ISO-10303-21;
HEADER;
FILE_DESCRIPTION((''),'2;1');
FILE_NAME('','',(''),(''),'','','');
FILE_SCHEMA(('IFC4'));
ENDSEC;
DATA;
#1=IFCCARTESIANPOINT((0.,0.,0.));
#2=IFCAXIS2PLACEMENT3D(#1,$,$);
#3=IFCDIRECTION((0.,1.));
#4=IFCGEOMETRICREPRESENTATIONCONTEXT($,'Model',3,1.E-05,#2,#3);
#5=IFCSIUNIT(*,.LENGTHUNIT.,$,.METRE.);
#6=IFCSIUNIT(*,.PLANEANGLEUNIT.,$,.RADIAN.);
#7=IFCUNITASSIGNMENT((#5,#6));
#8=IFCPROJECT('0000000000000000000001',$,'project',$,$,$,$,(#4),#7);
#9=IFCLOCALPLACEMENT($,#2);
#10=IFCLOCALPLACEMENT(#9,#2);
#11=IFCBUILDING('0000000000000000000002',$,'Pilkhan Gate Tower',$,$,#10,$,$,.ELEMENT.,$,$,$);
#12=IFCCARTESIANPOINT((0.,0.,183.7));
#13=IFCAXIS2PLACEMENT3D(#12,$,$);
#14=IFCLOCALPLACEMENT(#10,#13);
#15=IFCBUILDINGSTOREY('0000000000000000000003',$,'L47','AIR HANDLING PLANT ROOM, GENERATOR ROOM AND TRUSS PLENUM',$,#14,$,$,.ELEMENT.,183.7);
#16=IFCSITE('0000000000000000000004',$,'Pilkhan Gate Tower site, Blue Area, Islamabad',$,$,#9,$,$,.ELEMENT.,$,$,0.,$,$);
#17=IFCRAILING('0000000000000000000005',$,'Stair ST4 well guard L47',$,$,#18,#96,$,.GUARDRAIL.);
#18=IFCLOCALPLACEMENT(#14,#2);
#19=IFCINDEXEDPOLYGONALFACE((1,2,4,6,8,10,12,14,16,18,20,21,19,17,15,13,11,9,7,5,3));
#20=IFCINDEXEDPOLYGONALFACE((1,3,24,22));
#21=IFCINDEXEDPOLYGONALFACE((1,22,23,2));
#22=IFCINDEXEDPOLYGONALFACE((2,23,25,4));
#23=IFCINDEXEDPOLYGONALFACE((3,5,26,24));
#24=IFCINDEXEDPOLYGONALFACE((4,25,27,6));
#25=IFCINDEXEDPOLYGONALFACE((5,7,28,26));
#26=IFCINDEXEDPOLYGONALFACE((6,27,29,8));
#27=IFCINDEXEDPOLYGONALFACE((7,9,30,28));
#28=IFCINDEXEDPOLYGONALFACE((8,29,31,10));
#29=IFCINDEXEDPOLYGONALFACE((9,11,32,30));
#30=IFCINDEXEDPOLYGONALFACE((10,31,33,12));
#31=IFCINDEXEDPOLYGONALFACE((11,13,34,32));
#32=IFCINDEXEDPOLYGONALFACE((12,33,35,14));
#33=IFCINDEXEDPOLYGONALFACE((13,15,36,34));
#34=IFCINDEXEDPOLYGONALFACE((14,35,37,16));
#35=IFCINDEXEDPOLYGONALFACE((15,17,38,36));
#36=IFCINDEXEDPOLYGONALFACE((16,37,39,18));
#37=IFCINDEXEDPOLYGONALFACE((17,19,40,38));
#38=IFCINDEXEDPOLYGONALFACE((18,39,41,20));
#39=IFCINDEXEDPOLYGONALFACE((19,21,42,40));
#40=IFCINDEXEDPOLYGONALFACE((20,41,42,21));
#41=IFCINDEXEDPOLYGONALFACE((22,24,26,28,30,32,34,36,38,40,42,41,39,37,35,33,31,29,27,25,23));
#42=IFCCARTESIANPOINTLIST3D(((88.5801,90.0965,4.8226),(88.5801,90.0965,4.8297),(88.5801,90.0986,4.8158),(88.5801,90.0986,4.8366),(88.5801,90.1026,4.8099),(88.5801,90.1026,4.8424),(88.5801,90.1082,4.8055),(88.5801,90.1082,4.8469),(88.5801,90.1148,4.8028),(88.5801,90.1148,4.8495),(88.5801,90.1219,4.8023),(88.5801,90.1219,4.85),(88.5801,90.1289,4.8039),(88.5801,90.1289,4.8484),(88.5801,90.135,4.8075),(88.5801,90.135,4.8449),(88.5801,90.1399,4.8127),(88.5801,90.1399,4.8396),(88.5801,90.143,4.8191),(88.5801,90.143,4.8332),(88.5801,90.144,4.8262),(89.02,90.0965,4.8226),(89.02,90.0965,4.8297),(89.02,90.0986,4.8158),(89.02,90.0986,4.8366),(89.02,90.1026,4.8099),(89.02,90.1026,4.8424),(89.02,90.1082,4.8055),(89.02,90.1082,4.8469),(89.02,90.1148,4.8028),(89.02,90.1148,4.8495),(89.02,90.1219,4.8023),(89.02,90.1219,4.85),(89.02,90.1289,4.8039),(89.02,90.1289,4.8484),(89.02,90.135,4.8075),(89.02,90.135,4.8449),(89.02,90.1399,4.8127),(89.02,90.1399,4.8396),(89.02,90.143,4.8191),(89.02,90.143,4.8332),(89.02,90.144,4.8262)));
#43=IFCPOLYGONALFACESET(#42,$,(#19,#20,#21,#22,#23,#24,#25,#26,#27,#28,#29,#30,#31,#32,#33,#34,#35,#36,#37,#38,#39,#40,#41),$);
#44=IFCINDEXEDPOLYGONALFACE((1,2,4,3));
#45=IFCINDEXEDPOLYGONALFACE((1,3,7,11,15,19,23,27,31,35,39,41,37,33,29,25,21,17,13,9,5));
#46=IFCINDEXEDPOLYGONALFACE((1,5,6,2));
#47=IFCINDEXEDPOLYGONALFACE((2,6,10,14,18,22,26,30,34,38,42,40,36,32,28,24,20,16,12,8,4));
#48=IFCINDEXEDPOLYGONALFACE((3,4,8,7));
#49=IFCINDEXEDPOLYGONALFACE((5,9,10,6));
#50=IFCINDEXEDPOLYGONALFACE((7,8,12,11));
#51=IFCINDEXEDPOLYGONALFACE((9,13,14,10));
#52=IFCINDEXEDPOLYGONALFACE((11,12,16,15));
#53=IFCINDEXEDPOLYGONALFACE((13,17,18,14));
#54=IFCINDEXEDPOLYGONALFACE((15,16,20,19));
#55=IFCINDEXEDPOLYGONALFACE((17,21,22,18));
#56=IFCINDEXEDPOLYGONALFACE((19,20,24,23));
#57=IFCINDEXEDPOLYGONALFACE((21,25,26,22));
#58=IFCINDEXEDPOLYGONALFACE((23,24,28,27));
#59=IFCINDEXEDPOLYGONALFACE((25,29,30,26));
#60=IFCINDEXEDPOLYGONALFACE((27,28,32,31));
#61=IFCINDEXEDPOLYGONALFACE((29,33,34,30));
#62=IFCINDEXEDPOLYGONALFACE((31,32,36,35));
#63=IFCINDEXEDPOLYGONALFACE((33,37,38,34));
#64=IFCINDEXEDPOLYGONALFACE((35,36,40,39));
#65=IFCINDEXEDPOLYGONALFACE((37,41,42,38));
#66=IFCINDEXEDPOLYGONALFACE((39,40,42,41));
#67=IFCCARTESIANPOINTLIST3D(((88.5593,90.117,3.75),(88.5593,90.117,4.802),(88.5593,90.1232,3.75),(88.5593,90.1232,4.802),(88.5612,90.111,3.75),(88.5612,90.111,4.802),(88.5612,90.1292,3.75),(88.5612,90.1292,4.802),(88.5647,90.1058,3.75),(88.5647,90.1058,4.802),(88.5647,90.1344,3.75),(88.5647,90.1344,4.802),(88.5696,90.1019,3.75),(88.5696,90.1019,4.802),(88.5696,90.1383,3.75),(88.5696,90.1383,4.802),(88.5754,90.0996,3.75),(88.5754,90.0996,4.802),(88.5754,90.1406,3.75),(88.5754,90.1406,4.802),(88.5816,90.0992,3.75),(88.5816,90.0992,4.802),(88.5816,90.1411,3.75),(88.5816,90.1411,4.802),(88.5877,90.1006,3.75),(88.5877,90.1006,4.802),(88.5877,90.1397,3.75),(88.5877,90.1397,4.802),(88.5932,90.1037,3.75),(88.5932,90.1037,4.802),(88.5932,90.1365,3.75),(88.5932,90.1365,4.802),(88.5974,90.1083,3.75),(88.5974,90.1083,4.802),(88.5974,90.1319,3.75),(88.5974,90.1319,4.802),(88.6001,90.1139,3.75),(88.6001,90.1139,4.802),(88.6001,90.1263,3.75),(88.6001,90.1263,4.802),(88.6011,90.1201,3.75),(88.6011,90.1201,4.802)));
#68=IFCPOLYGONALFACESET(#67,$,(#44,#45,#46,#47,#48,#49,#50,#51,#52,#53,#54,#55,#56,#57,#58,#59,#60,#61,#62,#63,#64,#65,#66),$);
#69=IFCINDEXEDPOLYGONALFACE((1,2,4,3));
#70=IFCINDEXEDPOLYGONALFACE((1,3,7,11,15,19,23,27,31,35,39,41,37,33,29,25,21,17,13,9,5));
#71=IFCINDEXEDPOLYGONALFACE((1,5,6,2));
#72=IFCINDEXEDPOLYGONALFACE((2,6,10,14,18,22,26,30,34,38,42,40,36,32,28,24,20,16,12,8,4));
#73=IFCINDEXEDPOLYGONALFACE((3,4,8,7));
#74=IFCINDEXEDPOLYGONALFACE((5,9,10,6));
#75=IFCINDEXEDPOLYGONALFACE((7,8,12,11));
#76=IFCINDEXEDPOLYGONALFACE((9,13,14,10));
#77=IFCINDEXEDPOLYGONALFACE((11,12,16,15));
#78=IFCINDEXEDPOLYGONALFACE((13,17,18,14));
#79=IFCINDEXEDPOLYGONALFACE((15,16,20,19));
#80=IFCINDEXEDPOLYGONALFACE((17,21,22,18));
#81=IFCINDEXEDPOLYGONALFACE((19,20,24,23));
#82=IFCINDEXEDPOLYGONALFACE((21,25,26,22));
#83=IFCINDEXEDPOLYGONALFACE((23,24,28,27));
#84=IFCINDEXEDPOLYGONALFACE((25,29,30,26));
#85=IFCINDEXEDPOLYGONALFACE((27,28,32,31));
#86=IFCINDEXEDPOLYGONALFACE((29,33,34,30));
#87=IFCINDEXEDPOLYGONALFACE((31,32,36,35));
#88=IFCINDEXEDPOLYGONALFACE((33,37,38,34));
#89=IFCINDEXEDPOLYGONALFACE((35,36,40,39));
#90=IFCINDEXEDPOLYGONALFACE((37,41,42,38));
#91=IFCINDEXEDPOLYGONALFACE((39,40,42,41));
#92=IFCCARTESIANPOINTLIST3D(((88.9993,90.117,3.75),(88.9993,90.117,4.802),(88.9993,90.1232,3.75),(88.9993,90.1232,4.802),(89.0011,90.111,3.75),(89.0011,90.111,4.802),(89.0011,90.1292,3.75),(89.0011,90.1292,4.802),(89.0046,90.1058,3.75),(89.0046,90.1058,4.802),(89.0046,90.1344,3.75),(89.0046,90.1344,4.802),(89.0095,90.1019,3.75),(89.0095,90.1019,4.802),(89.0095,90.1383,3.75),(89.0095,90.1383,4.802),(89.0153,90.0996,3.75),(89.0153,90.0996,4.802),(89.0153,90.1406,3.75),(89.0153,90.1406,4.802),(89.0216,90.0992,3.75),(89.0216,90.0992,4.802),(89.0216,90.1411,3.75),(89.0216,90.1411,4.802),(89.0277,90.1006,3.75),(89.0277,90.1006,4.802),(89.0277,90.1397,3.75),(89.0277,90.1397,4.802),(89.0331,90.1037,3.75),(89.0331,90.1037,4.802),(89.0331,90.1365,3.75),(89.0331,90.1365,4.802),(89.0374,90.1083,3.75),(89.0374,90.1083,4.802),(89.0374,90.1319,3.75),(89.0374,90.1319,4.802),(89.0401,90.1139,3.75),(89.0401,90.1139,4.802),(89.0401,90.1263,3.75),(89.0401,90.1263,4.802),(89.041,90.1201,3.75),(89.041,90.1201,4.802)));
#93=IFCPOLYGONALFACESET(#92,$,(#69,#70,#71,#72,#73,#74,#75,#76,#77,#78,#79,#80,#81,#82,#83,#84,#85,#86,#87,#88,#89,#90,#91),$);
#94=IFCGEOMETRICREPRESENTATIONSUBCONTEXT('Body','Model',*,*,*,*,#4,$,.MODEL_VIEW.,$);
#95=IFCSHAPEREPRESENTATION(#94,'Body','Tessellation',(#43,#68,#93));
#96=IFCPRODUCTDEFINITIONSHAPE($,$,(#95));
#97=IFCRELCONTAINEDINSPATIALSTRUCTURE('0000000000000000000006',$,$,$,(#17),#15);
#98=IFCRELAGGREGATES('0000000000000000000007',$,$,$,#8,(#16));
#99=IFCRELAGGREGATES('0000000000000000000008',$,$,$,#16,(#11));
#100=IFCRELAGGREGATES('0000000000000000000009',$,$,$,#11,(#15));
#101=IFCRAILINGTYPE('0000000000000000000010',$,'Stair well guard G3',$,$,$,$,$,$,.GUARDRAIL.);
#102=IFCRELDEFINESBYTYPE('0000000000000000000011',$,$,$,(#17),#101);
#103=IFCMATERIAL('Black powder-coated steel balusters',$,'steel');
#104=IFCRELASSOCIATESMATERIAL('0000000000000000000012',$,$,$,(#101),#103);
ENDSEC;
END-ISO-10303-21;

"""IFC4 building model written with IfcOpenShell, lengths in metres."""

from ifc_helpers import new_model, si_unit, direction, frame, origin, origin_2d, place, context, subcontext, project, spatial, circle, extrude, material, type_object, element, save


model = new_model("IFC4")

# Units and contexts
model_context = context("Model", 3, precision=1e-05, world=origin(), true_north=direction((0.0, 1.0)))
body_context = subcontext(model_context, "Body", "Model", "MODEL_VIEW")
ifc_project = project(units=[si_unit("LENGTHUNIT", "METRE"), si_unit("PLANEANGLEUNIT", "RADIAN")], contexts=[model_context])

# Site, building, storey
site_placement = place(None, origin())
site = spatial("IfcSite", under=ifc_project, at=site_placement, Name="Pilkhan Gate Tower site, Blue Area, Islamabad", CompositionType="ELEMENT", RefElevation=0.0)
building_placement = place(site_placement, origin())
building = spatial("IfcBuilding", under=site, at=building_placement, Name="Pilkhan Gate Tower", CompositionType="ELEMENT")
storey_placement = place(building_placement, frame((0.0, 0.0, 183.7)))
storey = spatial("IfcBuildingStorey", under=building, at=storey_placement, Name="L47", Description="AIR HANDLING PLANT ROOM, GENERATOR ROOM AND TRUSS PLENUM", CompositionType="ELEMENT", Elevation=183.7)

# Railing
ifc_material_1 = material(Name="Black powder-coated steel balusters", Category="steel")
railing_type_1 = type_object("IfcRailingType", Name="Stair well guard G3", PredefinedType="GUARDRAIL", material=ifc_material_1)
for number, where, name in (
    (1, (88.5801, 90.1201, 3.75), "Stair ST4 well guard L47"),
):
    element("IfcRailing", number, at=place(storey_placement, frame(where)), inside=storey, type_object=railing_type_1, Name=name, PredefinedType="GUARDRAIL", context=body_context, shape_type="SweptSolid", body=[
        extrude(circle(Radius=0.0239, at=origin_2d()), frame((0.0, 0.0, 1.0762), z_axis=(1.0, 0.0, 0.0), x_axis=(0.0, 1.0, 0.0)), (0.0, 0.0, 1.0), 0.4399),
        extrude(circle(Radius=0.021, at=origin_2d()), origin(), (0.0, 0.0, 1.0), 1.052),
        extrude(circle(Radius=0.021, at=origin_2d()), frame((0.4399, 0.0, 0.0)), (0.0, 0.0, 1.0), 1.052),
    ])

save(model, "model.ifc")
